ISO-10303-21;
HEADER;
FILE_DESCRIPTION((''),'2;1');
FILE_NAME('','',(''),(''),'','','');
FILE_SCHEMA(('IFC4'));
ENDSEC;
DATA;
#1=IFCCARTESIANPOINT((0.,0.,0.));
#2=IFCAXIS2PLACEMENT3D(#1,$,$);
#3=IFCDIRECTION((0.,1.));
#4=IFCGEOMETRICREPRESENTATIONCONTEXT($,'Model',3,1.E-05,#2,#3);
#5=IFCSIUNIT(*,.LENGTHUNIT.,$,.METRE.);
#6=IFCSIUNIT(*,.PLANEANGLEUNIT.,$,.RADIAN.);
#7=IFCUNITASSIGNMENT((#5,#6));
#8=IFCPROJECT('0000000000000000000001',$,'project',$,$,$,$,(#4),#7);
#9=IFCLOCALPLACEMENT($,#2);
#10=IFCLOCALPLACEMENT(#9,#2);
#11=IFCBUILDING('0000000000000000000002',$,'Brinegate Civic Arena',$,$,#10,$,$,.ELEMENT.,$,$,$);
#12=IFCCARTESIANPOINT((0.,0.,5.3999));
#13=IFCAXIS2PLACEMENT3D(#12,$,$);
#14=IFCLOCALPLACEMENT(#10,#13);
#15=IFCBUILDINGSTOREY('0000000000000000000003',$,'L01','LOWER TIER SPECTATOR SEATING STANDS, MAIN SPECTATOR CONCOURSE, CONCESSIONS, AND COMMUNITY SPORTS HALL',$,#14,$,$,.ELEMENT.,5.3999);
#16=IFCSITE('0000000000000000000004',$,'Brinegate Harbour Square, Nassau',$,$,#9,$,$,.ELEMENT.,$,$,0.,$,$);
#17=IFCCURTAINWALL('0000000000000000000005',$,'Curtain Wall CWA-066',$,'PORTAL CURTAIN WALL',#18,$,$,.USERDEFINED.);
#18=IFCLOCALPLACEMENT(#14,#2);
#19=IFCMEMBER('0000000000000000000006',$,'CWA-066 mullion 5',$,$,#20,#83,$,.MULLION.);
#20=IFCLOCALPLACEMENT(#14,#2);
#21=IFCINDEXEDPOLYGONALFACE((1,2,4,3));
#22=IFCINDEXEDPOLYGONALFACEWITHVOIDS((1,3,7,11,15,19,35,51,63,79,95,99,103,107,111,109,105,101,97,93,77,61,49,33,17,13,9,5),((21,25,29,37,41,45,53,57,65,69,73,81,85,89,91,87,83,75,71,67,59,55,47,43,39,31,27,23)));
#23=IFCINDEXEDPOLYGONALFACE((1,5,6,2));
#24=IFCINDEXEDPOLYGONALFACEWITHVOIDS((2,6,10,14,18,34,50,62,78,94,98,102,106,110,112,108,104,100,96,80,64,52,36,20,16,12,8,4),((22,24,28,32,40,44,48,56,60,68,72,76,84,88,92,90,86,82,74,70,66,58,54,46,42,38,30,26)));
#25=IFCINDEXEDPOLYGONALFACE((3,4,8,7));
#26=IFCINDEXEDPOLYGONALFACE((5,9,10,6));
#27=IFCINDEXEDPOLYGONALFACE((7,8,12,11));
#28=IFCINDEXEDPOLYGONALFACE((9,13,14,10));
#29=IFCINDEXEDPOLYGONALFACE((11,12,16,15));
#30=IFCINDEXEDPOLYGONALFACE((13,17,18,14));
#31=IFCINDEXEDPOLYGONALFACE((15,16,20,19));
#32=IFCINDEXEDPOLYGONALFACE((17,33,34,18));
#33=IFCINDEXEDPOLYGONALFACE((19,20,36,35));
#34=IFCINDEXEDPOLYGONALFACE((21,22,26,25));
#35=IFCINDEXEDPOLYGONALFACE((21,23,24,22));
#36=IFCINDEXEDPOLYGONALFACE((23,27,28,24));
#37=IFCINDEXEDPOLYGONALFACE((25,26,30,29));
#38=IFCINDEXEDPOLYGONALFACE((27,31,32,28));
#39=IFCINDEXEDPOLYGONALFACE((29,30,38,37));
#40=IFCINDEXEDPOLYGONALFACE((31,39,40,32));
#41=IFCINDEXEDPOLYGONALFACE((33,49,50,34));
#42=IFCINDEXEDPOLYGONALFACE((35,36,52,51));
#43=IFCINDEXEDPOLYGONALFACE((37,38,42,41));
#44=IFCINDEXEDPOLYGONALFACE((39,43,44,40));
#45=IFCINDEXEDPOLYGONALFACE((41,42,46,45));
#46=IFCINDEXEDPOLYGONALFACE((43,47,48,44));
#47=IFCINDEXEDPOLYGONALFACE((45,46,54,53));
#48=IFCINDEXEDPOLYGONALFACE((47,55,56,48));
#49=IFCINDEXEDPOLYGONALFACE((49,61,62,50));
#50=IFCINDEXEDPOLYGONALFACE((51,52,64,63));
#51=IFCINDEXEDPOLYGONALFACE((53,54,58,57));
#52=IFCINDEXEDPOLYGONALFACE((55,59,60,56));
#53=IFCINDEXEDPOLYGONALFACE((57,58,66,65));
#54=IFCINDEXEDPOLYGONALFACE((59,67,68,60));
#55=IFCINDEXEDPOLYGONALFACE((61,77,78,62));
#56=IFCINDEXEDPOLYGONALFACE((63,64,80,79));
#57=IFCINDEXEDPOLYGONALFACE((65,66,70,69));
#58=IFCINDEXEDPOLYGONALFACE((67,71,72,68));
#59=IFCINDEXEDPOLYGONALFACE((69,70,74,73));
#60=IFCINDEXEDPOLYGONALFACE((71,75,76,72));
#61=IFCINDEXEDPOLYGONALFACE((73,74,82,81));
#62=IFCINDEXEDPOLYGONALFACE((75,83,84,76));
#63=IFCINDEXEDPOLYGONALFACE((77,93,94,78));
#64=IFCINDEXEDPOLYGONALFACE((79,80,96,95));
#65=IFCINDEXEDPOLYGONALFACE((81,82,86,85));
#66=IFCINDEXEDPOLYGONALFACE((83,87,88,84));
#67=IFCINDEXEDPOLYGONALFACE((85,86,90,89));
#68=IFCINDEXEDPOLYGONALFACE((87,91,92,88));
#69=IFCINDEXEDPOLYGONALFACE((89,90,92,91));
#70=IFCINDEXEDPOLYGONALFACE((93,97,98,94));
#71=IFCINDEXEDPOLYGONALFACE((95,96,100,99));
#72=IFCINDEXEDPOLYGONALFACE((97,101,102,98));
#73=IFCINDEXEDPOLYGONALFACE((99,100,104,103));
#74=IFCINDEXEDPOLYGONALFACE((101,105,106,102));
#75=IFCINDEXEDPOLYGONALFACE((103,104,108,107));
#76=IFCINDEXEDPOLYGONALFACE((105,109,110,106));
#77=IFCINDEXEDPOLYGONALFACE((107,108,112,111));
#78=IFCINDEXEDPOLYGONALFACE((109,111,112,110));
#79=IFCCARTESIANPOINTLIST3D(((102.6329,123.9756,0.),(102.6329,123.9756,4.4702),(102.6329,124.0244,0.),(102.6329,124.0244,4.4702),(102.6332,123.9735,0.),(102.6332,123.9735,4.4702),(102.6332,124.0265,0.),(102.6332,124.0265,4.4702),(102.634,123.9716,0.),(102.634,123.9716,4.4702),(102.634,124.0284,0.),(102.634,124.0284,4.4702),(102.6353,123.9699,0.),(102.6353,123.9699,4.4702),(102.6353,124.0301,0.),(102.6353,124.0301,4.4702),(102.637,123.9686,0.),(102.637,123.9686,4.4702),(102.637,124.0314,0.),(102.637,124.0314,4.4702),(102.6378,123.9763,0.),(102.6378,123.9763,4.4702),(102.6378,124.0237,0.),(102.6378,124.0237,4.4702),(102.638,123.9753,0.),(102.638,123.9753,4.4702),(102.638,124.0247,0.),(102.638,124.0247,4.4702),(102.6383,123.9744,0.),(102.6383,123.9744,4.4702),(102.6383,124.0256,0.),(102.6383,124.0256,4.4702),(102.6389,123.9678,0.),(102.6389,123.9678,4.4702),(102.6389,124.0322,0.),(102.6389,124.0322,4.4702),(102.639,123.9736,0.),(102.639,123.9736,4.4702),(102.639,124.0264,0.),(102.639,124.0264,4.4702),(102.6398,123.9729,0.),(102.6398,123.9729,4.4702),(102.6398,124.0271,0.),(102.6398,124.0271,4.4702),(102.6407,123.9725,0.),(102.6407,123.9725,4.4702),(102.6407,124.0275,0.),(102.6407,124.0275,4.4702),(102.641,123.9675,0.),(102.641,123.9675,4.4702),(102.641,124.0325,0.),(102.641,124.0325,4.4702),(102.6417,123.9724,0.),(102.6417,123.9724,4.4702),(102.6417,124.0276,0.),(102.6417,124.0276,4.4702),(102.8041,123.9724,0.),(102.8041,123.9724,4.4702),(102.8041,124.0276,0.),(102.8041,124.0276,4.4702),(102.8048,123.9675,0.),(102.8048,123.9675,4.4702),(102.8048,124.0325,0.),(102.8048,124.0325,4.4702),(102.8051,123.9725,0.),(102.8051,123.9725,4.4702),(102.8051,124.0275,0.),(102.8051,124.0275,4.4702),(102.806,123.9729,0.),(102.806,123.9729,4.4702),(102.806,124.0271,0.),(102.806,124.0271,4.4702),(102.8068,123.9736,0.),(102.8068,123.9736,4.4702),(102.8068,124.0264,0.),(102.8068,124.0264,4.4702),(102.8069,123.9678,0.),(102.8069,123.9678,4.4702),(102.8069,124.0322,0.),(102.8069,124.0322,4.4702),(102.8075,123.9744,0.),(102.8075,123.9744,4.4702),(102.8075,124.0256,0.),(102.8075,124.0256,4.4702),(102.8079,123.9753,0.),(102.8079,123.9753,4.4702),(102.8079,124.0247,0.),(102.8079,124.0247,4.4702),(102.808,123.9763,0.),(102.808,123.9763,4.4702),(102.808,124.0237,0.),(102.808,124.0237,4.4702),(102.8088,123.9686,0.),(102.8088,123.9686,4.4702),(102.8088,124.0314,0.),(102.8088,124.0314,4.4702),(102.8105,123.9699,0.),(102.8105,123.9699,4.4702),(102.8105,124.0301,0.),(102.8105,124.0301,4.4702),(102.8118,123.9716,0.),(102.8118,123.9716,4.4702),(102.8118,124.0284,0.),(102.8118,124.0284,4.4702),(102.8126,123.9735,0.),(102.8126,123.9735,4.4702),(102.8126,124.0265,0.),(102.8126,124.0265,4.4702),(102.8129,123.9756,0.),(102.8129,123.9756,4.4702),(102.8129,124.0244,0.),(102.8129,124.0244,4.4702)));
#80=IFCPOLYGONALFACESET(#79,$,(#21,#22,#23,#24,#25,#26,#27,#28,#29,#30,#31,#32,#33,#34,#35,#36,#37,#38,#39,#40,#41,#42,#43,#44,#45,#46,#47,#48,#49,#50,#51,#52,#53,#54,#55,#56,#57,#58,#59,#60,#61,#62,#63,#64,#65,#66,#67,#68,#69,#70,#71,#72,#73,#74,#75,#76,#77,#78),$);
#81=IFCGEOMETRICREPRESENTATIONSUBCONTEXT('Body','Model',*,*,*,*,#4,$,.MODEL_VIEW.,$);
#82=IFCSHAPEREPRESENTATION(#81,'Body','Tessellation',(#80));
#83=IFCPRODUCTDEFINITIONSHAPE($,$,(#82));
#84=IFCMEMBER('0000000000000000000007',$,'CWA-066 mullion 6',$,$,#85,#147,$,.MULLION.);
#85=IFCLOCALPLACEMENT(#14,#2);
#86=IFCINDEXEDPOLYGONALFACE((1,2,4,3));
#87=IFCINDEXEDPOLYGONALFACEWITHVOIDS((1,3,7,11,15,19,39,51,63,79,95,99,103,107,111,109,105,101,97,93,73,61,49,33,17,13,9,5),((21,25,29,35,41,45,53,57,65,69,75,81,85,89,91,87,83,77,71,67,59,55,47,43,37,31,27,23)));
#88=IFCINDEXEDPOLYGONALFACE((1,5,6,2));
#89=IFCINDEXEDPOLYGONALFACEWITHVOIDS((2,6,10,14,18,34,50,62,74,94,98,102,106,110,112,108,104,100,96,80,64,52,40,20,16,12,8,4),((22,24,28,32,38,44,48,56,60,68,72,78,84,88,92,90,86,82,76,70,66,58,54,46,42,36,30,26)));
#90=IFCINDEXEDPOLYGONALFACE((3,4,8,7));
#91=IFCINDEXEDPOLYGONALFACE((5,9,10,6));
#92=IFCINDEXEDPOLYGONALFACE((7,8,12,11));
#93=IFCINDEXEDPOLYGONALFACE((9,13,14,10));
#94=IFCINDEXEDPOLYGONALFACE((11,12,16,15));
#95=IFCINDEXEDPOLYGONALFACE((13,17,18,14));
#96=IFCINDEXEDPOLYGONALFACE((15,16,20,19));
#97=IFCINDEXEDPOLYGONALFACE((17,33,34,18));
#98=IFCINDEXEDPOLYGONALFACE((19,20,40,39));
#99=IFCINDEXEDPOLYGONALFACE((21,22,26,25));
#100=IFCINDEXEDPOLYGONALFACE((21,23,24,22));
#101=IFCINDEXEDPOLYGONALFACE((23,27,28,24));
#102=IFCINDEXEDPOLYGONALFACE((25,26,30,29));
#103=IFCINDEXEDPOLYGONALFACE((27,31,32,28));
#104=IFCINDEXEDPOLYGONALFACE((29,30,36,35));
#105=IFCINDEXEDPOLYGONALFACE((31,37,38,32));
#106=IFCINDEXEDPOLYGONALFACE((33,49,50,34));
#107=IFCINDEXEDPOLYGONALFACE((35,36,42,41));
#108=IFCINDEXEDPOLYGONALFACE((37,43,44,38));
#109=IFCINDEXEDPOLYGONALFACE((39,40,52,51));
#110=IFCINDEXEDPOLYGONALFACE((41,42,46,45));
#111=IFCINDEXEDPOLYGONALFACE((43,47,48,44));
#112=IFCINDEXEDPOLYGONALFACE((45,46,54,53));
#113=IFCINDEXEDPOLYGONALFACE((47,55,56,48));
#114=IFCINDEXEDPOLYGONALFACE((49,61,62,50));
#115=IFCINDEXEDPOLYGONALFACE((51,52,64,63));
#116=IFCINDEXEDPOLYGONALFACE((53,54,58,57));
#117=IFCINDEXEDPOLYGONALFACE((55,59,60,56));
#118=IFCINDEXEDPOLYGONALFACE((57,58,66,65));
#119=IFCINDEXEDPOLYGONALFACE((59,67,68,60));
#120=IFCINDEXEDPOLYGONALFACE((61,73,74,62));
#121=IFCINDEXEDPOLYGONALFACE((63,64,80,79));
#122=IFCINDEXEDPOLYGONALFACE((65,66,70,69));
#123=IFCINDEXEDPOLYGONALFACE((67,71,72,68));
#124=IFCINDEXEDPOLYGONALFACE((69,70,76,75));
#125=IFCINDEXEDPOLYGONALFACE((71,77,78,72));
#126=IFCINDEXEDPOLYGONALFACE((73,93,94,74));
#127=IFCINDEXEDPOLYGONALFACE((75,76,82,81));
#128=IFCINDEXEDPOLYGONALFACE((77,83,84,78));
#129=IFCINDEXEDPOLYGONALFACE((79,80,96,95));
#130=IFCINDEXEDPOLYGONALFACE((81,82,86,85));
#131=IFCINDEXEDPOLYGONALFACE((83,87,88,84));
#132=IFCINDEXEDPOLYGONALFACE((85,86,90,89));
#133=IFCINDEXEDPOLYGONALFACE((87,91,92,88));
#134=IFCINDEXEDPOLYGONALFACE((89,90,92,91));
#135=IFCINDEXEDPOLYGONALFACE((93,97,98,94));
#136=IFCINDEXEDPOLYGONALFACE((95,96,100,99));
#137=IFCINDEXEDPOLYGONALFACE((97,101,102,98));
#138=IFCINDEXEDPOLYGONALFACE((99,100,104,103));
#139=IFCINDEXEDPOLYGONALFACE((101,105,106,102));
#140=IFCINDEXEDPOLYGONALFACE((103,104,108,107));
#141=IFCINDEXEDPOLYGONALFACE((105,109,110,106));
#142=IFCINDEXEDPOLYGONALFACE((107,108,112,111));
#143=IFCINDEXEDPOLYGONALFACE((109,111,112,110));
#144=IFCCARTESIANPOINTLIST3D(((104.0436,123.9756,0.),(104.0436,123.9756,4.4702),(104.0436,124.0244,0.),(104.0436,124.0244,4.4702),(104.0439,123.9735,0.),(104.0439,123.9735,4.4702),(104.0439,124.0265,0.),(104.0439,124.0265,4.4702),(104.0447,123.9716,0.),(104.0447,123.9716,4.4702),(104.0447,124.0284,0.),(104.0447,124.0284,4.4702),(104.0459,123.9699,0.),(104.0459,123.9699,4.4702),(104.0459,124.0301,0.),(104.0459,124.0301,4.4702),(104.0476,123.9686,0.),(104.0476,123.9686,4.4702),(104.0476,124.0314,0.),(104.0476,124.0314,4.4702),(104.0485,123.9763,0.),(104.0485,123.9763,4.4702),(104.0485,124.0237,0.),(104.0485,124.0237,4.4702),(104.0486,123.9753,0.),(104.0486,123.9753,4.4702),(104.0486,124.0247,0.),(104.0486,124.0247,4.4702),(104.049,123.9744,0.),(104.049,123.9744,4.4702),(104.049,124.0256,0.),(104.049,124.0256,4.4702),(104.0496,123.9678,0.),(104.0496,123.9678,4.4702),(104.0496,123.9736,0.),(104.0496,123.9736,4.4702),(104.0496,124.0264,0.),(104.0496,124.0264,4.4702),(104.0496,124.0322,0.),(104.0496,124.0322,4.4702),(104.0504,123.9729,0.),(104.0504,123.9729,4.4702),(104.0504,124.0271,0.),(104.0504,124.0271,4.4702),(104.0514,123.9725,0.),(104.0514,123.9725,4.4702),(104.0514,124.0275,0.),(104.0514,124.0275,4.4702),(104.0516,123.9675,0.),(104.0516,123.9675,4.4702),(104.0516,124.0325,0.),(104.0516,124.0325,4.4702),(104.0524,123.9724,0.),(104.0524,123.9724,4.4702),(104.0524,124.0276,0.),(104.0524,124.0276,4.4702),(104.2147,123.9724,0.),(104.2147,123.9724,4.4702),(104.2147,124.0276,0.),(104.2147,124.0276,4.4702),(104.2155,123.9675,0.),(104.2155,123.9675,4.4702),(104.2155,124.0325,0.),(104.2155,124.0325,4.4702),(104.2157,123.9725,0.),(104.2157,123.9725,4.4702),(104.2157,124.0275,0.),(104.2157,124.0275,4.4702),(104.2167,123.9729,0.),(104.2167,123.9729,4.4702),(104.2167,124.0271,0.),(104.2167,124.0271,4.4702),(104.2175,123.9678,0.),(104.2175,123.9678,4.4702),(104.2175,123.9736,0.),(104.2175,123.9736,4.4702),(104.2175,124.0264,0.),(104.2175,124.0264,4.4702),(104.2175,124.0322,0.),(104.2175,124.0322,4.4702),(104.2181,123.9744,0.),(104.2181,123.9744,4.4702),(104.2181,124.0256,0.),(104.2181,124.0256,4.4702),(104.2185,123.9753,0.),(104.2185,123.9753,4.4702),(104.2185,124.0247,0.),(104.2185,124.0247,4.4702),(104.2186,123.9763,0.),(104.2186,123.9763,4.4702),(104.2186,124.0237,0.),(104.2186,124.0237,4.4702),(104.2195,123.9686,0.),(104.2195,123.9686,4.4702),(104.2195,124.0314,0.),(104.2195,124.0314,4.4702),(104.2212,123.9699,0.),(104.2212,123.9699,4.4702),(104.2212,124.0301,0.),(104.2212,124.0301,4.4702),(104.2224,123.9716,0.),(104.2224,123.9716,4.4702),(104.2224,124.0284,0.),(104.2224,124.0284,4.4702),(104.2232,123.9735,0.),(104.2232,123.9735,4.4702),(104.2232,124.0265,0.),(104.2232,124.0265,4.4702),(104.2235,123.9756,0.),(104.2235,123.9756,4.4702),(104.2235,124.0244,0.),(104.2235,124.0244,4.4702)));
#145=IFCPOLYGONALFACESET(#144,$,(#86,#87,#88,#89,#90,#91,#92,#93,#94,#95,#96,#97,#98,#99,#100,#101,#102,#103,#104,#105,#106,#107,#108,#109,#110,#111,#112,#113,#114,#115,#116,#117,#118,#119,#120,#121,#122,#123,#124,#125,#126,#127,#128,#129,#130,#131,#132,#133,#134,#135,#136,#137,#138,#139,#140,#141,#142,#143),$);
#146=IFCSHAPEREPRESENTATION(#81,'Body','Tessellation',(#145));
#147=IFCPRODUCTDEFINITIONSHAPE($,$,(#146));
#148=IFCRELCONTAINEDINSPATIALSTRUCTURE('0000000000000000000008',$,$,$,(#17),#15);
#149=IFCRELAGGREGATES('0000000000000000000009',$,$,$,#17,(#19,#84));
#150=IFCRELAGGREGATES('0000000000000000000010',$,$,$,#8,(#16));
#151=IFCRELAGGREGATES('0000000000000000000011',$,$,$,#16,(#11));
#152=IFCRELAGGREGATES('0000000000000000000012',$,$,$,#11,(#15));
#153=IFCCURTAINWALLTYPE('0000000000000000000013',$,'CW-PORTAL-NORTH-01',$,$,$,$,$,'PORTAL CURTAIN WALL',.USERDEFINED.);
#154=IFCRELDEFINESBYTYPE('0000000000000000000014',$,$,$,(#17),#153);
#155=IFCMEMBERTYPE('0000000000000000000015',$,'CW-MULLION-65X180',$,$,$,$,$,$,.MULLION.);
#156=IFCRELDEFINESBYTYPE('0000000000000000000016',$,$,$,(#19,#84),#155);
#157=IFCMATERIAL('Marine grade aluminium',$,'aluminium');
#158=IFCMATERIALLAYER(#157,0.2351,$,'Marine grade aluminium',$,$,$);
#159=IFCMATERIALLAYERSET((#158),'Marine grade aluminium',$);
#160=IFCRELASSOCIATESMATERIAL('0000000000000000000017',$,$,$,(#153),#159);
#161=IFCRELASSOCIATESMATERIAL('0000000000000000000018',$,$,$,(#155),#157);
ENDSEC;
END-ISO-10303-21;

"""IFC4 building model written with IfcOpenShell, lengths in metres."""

from ifc_helpers import new_model, si_unit, direction, frame, origin, origin_2d, place, context, subcontext, project, spatial, hollow_rectangle, extrude, material, layer, layer_set, material_profile, profile_set, type_object, element, aggregate, save


model = new_model("IFC4")

# Units and contexts
model_context = context("Model", 3, precision=1e-05, world=origin(), true_north=direction((0.0, 1.0)))
body_context = subcontext(model_context, "Body", "Model", "MODEL_VIEW")
ifc_project = project(units=[si_unit("LENGTHUNIT", "METRE"), si_unit("PLANEANGLEUNIT", "RADIAN")], contexts=[model_context])

# Site, building, storey
site_placement = place(None, origin())
site = spatial("IfcSite", under=ifc_project, at=site_placement, Name="Brinegate Harbour Square, Nassau", CompositionType="ELEMENT", RefElevation=0.0)
building_placement = place(site_placement, origin())
building = spatial("IfcBuilding", under=site, at=building_placement, Name="Brinegate Civic Arena", CompositionType="ELEMENT")
storey_placement = place(building_placement, frame((0.0, 0.0, 5.3999)))
storey = spatial("IfcBuildingStorey", under=building, at=storey_placement, Name="L01", Description="LOWER TIER SPECTATOR SEATING STANDS, MAIN SPECTATOR CONCOURSE, CONCESSIONS, AND COMMUNITY SPORTS HALL", CompositionType="ELEMENT", Elevation=5.3999)

# Curtain wall, members
ifc_material_1 = material(Name="Marine grade aluminium", Category="aluminium")
ifc_layer_1 = layer(ifc_material_1, 0.2351, Name="Marine grade aluminium")
ifc_layer_set_1 = layer_set([ifc_layer_1], Name="Marine grade aluminium")
curtain_wall_type = type_object("IfcCurtainWallType", Name="CW-PORTAL-NORTH-01", ElementType="PORTAL CURTAIN WALL", PredefinedType="USERDEFINED", material=ifc_layer_set_1)
curtain_wall_placement = place(storey_placement, origin())
curtain_wall = element("IfcCurtainWall", 1, at=curtain_wall_placement, inside=storey, type_object=curtain_wall_type, Name="Curtain Wall CWA-066", ObjectType="PORTAL CURTAIN WALL", PredefinedType="USERDEFINED")
ifc_material_profile_1 = material_profile(ifc_material_1, hollow_rectangle(XDim=0.0649, YDim=0.1799, WallThickness=0.0049, InnerFilletRadius=0.0039, OuterFilletRadius=0.0081, at=origin_2d()), Name="MUL65X180")
ifc_profile_set_1 = profile_set([ifc_material_profile_1], Name="Marine grade aluminium")
member_type_1 = type_object("IfcMemberType", Name="CW-MULLION-65X180", PredefinedType="MULLION", material=ifc_profile_set_1)
member_1_placement = place(storey_placement, frame((102.7229, 124.0, 0.0), z_axis=(0.0, 0.0, 1.0), x_axis=(0.0, 1.0, 0.0)))
member_1 = element("IfcMember", 2, at=member_1_placement, type_object=member_type_1, Name="CWA-066 mullion 5", PredefinedType="MULLION", context=body_context, shape_type="SweptSolid", body=[
    extrude(hollow_rectangle(XDim=0.0649, YDim=0.1799, WallThickness=0.0049, InnerFilletRadius=0.0039, OuterFilletRadius=0.0081, at=origin_2d()), origin(), (0.0, 0.0, 1.0), 4.4702),
])
member_2_placement = place(storey_placement, frame((104.1335, 124.0, 0.0), z_axis=(0.0, 0.0, 1.0), x_axis=(0.0, 1.0, 0.0)))
member_2 = element("IfcMember", 3, at=member_2_placement, type_object=member_type_1, Name="CWA-066 mullion 6", PredefinedType="MULLION", context=body_context, shape_type="SweptSolid", body=[
    extrude(hollow_rectangle(XDim=0.0649, YDim=0.1799, WallThickness=0.0049, InnerFilletRadius=0.0039, OuterFilletRadius=0.0081, at=origin_2d()), origin(), (0.0, 0.0, 1.0), 4.4702),
])
aggregate(curtain_wall, [member_1, member_2])

save(model, "model.ifc")
